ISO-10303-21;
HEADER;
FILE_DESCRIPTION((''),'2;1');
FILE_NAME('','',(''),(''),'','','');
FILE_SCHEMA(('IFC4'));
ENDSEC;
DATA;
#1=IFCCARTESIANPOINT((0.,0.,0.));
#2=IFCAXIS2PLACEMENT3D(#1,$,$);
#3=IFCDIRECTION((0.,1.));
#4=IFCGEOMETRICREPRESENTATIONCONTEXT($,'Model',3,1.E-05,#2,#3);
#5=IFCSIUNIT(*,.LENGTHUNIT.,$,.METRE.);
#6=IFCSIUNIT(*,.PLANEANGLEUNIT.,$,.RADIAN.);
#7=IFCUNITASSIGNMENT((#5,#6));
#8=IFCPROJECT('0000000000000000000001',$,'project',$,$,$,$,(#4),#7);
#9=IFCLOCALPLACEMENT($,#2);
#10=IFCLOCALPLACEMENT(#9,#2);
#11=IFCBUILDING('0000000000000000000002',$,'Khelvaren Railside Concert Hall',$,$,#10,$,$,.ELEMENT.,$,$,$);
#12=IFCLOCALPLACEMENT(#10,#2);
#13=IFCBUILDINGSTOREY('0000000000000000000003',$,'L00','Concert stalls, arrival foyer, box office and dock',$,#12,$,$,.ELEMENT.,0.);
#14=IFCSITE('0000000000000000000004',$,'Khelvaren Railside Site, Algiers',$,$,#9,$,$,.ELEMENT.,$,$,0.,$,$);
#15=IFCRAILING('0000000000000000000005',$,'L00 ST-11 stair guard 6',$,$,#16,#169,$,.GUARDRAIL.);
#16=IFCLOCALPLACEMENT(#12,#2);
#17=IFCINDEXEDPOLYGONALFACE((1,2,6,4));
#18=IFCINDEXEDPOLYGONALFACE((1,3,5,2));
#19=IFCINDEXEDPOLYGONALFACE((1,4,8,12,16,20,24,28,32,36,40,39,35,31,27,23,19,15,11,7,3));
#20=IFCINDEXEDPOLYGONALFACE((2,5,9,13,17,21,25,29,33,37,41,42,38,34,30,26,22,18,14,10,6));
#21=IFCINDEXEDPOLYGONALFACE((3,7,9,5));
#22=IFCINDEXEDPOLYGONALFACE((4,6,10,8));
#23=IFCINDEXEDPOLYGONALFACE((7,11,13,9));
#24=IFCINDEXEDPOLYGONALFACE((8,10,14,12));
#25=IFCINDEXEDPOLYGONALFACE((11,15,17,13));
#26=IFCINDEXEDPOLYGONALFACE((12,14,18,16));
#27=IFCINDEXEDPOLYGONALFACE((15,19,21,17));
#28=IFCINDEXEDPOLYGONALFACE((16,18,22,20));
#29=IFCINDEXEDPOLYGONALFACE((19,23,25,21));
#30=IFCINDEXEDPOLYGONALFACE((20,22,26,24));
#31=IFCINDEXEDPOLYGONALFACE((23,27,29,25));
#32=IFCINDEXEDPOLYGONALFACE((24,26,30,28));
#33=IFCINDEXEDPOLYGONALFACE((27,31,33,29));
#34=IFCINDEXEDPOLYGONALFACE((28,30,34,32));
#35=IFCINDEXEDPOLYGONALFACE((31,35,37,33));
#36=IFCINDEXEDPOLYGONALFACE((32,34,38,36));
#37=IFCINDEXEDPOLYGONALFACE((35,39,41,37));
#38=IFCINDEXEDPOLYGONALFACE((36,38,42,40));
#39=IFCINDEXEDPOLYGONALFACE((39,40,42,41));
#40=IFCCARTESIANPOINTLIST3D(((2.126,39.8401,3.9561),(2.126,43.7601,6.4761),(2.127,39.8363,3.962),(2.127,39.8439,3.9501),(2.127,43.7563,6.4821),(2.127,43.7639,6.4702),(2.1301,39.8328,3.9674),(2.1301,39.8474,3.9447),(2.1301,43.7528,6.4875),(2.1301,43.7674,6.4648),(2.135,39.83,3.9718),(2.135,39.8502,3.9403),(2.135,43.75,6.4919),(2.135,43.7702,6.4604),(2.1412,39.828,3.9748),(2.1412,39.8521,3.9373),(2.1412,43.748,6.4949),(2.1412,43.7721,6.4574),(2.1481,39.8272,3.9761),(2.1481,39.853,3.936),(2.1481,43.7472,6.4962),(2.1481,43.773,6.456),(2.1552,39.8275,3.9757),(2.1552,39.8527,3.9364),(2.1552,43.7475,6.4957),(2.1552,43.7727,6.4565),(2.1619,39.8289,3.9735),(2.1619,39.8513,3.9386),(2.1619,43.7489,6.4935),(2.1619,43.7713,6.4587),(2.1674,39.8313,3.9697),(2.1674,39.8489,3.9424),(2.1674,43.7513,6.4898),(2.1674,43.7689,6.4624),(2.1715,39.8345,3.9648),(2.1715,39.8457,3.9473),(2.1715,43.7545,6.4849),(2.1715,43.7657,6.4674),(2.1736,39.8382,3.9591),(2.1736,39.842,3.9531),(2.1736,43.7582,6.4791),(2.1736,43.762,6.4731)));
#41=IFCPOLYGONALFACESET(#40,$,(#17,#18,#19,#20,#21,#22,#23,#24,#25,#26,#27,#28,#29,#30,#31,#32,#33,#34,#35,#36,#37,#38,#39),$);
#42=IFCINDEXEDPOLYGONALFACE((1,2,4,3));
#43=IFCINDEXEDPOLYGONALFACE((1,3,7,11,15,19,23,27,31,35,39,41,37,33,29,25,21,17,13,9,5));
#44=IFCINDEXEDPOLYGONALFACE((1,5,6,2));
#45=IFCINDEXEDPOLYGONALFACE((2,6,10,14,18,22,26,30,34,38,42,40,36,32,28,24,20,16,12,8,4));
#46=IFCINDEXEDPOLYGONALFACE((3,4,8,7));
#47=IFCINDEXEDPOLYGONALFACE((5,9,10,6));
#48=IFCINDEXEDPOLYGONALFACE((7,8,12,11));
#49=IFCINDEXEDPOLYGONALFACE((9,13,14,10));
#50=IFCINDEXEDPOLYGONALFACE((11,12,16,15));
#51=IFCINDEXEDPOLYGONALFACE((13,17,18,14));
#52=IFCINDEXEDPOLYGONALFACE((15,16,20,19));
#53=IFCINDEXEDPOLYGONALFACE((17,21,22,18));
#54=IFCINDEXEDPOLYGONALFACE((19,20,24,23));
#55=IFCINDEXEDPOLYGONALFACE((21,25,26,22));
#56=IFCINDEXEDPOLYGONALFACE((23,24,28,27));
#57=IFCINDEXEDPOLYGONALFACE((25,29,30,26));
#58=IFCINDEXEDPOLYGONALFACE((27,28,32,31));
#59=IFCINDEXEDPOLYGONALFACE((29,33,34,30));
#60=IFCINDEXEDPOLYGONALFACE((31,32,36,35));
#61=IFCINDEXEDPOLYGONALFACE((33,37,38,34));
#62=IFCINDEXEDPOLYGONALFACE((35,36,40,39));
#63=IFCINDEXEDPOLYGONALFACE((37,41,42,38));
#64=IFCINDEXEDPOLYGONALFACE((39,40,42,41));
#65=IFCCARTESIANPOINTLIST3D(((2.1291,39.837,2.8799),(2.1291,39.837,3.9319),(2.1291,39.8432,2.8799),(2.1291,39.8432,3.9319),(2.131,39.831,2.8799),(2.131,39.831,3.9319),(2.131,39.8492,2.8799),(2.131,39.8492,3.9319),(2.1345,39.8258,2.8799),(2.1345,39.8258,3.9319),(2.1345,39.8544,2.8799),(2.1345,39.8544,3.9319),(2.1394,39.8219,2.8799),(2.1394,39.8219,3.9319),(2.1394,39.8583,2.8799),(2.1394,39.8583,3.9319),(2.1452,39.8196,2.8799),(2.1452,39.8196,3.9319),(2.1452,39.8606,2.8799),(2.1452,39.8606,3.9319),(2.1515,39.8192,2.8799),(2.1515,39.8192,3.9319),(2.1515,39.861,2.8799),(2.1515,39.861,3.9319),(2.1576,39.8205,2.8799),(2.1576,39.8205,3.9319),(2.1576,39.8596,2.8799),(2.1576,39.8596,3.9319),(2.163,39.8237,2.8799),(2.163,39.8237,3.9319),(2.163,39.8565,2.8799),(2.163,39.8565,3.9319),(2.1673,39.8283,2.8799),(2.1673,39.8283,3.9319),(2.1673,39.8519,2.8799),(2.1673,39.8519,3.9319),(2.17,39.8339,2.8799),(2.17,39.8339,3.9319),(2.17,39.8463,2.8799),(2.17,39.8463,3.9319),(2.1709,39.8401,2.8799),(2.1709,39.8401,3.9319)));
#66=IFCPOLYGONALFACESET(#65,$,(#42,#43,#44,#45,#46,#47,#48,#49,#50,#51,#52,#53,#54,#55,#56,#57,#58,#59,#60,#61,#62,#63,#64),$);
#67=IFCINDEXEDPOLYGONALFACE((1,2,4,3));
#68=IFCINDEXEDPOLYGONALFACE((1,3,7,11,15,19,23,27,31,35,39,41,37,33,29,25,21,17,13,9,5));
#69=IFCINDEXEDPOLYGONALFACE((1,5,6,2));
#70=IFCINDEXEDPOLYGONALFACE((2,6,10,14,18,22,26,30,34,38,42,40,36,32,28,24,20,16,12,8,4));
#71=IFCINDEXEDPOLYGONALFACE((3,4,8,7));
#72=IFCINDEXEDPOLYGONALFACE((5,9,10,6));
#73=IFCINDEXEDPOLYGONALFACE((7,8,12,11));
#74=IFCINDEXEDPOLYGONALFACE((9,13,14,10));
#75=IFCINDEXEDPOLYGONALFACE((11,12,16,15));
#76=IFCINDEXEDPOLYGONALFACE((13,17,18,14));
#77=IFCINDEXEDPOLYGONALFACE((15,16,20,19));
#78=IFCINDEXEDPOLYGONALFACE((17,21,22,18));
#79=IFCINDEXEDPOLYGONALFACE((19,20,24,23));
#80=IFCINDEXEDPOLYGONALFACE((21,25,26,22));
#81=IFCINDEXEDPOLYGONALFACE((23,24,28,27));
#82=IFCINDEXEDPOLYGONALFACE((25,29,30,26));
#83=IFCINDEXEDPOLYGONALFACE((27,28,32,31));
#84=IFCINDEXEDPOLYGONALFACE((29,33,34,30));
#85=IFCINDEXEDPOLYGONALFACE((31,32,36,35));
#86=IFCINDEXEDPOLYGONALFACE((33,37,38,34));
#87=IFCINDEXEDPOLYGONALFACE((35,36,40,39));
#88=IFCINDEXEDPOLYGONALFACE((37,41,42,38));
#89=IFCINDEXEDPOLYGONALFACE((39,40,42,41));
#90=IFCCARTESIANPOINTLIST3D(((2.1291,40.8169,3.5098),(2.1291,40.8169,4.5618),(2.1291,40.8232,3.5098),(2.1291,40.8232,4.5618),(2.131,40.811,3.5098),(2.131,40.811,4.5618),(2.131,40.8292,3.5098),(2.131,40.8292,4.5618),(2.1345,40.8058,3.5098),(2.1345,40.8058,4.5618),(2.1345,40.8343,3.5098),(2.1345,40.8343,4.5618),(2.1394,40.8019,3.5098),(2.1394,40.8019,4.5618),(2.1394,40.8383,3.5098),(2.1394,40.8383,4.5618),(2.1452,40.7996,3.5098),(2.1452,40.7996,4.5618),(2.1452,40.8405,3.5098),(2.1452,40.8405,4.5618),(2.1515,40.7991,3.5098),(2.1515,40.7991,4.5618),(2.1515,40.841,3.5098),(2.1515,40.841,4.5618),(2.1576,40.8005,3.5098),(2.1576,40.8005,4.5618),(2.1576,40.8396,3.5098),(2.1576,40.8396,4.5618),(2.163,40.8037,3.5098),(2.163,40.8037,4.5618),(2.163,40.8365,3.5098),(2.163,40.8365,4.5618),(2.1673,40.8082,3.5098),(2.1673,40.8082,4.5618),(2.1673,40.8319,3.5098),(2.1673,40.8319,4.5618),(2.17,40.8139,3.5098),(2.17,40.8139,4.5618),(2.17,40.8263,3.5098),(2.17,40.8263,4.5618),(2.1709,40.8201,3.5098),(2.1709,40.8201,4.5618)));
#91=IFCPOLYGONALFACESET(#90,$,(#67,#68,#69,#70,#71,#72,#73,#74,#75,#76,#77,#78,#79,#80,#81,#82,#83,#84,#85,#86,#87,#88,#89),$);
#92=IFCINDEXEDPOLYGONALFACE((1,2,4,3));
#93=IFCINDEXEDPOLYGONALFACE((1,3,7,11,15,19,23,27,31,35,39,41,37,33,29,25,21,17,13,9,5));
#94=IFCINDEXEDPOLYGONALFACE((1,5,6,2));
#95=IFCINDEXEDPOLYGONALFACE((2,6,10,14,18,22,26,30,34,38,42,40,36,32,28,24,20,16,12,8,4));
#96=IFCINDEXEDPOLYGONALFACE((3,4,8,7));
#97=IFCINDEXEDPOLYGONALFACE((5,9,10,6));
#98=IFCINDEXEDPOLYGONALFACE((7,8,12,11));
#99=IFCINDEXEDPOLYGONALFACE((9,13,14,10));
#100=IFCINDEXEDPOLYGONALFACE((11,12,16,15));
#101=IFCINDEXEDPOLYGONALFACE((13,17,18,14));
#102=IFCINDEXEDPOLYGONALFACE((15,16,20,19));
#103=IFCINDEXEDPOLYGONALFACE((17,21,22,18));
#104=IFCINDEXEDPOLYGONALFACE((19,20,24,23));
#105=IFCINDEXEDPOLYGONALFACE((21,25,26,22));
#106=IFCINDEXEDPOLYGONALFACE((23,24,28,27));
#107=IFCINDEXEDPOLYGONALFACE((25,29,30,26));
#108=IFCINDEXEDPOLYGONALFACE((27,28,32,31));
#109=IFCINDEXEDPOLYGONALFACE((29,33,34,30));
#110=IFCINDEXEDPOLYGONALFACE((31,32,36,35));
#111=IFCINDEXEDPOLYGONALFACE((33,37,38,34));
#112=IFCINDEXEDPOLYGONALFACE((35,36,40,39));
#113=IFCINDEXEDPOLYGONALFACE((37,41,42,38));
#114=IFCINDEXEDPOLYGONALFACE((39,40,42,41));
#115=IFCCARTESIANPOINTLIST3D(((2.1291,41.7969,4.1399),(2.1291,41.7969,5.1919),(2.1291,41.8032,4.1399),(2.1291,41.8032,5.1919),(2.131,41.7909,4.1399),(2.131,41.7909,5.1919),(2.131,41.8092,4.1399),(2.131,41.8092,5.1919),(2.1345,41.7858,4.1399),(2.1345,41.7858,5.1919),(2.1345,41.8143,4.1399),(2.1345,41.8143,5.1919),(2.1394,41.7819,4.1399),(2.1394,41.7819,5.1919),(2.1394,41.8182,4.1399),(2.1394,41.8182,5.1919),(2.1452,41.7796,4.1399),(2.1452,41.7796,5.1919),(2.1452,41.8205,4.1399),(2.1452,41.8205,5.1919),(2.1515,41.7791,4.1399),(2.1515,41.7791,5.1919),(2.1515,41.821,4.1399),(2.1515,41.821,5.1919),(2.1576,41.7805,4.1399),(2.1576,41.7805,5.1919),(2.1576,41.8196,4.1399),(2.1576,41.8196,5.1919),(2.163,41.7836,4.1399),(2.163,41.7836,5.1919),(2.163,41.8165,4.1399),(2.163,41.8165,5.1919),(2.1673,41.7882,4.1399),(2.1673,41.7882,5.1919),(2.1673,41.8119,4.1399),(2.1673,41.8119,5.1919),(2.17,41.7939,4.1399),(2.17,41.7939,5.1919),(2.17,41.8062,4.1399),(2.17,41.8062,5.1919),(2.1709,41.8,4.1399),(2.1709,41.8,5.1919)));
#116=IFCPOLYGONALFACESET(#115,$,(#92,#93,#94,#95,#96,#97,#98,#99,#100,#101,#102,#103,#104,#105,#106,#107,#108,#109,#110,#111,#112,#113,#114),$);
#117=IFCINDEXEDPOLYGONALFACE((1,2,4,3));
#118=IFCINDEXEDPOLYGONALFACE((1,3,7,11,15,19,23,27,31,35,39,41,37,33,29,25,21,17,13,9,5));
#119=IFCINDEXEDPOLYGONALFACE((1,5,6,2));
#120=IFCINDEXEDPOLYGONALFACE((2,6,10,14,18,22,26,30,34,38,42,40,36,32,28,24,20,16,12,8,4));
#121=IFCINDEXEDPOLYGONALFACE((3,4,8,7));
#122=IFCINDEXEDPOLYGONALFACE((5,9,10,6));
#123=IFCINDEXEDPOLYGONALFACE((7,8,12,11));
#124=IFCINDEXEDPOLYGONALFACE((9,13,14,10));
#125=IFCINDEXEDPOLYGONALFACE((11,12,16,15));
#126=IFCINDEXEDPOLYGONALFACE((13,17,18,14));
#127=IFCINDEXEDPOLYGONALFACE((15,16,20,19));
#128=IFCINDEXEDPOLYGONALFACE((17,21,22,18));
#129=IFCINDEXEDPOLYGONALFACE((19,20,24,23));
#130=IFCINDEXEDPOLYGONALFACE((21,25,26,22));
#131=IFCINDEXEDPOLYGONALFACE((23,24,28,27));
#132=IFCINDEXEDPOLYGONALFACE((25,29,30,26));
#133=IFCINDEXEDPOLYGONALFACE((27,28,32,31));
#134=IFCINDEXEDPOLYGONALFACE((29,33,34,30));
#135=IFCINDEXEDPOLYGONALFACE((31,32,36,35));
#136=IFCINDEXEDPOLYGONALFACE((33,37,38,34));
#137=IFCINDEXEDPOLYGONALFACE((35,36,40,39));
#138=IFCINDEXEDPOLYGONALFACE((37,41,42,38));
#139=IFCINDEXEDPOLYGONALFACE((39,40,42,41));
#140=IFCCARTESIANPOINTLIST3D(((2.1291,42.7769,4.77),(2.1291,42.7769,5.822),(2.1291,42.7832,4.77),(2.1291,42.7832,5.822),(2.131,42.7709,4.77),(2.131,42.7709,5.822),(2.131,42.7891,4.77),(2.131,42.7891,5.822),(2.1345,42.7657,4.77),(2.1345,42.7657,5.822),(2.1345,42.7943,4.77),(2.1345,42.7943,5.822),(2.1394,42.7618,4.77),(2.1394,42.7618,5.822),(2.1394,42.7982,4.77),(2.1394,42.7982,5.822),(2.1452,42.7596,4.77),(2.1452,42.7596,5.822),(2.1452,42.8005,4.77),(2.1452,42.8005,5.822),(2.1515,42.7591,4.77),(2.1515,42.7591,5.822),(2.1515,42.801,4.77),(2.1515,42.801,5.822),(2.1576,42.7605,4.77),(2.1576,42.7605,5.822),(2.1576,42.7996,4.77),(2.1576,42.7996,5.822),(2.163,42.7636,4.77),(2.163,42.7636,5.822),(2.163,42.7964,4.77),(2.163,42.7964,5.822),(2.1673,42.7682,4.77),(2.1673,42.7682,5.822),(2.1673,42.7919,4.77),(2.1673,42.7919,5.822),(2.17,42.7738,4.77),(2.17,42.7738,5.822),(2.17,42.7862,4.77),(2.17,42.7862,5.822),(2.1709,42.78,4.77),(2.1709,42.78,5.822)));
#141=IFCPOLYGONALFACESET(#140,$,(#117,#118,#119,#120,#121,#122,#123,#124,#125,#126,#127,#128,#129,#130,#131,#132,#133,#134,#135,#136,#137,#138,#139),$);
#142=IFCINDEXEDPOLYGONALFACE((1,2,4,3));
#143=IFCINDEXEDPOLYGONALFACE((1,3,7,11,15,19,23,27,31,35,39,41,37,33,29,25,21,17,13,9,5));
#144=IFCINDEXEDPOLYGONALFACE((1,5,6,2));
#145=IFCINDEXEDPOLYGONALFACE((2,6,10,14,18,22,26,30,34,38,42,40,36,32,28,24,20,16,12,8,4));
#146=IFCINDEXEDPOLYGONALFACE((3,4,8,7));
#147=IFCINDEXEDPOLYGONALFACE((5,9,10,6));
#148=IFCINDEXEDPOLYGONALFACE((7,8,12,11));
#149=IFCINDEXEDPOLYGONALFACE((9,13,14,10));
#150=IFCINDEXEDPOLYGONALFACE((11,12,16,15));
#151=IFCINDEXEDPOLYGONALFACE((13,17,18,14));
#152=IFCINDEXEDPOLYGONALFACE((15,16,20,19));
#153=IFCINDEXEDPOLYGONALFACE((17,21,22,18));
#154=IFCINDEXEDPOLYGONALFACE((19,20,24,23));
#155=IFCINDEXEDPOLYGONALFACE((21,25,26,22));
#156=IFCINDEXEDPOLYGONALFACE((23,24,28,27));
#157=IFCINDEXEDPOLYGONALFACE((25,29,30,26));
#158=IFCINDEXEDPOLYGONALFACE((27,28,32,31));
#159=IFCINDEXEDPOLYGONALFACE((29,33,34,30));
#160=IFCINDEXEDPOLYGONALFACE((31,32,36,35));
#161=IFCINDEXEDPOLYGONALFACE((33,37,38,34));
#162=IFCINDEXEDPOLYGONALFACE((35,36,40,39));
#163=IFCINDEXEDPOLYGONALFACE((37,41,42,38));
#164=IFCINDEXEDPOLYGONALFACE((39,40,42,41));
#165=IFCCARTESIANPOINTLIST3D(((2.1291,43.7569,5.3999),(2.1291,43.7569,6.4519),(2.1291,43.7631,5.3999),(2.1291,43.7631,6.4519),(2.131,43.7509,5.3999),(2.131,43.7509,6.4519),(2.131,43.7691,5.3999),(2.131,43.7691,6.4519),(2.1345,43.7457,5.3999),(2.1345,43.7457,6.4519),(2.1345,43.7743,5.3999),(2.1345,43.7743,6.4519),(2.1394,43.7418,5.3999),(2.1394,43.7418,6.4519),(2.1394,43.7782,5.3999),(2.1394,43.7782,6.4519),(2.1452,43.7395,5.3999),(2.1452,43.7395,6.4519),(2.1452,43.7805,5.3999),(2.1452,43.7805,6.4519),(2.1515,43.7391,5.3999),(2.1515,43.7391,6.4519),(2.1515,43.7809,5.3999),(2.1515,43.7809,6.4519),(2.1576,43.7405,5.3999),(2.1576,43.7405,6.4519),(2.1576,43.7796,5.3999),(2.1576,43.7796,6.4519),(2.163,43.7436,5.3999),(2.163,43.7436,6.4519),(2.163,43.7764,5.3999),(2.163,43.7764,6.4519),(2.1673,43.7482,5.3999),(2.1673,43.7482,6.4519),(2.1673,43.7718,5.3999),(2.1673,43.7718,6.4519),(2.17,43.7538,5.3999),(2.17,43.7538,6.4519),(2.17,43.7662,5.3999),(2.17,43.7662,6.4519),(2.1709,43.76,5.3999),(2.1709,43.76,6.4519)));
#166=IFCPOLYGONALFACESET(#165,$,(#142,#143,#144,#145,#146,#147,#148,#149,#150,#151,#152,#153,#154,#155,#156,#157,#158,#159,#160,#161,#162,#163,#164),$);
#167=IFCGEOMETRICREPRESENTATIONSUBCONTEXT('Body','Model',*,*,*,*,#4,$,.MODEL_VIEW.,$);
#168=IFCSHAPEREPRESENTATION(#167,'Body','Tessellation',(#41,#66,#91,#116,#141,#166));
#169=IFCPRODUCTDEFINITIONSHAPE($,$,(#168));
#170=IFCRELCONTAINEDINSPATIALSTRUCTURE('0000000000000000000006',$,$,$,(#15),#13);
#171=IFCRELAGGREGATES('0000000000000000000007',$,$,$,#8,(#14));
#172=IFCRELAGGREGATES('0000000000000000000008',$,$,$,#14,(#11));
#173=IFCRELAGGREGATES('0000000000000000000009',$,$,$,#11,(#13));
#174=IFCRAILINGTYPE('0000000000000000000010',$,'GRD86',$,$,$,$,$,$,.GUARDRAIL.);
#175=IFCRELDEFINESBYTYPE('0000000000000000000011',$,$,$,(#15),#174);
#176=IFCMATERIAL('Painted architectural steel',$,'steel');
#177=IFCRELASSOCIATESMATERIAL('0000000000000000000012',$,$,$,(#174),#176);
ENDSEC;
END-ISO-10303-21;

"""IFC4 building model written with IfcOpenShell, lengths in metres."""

from ifc_helpers import new_model, si_unit, direction, frame, origin, origin_2d, place, context, subcontext, project, spatial, circle, extrude, material, type_object, element, save


model = new_model("IFC4")

# Units and contexts
model_context = context("Model", 3, precision=1e-05, world=origin(), true_north=direction((0.0, 1.0)))
body_context = subcontext(model_context, "Body", "Model", "MODEL_VIEW")
ifc_project = project(units=[si_unit("LENGTHUNIT", "METRE"), si_unit("PLANEANGLEUNIT", "RADIAN")], contexts=[model_context])

# Site, building, storey
site_placement = place(None, origin())
site = spatial("IfcSite", under=ifc_project, at=site_placement, Name="Khelvaren Railside Site, Algiers", CompositionType="ELEMENT", RefElevation=0.0)
building_placement = place(site_placement, origin())
building = spatial("IfcBuilding", under=site, at=building_placement, Name="Khelvaren Railside Concert Hall", CompositionType="ELEMENT")
storey_placement = place(building_placement, origin())
storey = spatial("IfcBuildingStorey", under=building, at=storey_placement, Name="L00", Description="Concert stalls, arrival foyer, box office and dock", CompositionType="ELEMENT", Elevation=0.0)

# Railing
ifc_material_1 = material(Name="Painted architectural steel", Category="steel")
railing_type_1 = type_object("IfcRailingType", Name="GRD86", PredefinedType="GUARDRAIL", material=ifc_material_1)
railing_1_placement = place(storey_placement, frame((2.1499, 39.8401, 2.8799)))
element("IfcRailing", 1, at=railing_1_placement, inside=storey, type_object=railing_type_1, Name="L00 ST-11 stair guard 6", PredefinedType="GUARDRAIL", context=body_context, shape_type="SweptSolid", body=[
    extrude(circle(Radius=0.0239, at=origin_2d()), frame((0.0, 0.0, 1.0762), z_axis=(0.0, 0.841172, 0.540768), x_axis=(-1.0, 0.0, 0.0)), (0.0, 0.0, 1.0), 4.6602),
    extrude(circle(Radius=0.021, at=origin_2d()), origin(), (0.0, 0.0, 1.0), 1.052),
    extrude(circle(Radius=0.021, at=origin_2d()), frame((0.0, 0.98, 0.6299)), (0.0, 0.0, 1.0), 1.052),
    extrude(circle(Radius=0.021, at=origin_2d()), frame((0.0, 1.96, 1.26)), (0.0, 0.0, 1.0), 1.052),
    extrude(circle(Radius=0.021, at=origin_2d()), frame((0.0, 2.9399, 1.8901)), (0.0, 0.0, 1.0), 1.052),
    extrude(circle(Radius=0.021, at=origin_2d()), frame((0.0, 3.9199, 2.52)), (0.0, 0.0, 1.0), 1.052),
])

save(model, "model.ifc")
